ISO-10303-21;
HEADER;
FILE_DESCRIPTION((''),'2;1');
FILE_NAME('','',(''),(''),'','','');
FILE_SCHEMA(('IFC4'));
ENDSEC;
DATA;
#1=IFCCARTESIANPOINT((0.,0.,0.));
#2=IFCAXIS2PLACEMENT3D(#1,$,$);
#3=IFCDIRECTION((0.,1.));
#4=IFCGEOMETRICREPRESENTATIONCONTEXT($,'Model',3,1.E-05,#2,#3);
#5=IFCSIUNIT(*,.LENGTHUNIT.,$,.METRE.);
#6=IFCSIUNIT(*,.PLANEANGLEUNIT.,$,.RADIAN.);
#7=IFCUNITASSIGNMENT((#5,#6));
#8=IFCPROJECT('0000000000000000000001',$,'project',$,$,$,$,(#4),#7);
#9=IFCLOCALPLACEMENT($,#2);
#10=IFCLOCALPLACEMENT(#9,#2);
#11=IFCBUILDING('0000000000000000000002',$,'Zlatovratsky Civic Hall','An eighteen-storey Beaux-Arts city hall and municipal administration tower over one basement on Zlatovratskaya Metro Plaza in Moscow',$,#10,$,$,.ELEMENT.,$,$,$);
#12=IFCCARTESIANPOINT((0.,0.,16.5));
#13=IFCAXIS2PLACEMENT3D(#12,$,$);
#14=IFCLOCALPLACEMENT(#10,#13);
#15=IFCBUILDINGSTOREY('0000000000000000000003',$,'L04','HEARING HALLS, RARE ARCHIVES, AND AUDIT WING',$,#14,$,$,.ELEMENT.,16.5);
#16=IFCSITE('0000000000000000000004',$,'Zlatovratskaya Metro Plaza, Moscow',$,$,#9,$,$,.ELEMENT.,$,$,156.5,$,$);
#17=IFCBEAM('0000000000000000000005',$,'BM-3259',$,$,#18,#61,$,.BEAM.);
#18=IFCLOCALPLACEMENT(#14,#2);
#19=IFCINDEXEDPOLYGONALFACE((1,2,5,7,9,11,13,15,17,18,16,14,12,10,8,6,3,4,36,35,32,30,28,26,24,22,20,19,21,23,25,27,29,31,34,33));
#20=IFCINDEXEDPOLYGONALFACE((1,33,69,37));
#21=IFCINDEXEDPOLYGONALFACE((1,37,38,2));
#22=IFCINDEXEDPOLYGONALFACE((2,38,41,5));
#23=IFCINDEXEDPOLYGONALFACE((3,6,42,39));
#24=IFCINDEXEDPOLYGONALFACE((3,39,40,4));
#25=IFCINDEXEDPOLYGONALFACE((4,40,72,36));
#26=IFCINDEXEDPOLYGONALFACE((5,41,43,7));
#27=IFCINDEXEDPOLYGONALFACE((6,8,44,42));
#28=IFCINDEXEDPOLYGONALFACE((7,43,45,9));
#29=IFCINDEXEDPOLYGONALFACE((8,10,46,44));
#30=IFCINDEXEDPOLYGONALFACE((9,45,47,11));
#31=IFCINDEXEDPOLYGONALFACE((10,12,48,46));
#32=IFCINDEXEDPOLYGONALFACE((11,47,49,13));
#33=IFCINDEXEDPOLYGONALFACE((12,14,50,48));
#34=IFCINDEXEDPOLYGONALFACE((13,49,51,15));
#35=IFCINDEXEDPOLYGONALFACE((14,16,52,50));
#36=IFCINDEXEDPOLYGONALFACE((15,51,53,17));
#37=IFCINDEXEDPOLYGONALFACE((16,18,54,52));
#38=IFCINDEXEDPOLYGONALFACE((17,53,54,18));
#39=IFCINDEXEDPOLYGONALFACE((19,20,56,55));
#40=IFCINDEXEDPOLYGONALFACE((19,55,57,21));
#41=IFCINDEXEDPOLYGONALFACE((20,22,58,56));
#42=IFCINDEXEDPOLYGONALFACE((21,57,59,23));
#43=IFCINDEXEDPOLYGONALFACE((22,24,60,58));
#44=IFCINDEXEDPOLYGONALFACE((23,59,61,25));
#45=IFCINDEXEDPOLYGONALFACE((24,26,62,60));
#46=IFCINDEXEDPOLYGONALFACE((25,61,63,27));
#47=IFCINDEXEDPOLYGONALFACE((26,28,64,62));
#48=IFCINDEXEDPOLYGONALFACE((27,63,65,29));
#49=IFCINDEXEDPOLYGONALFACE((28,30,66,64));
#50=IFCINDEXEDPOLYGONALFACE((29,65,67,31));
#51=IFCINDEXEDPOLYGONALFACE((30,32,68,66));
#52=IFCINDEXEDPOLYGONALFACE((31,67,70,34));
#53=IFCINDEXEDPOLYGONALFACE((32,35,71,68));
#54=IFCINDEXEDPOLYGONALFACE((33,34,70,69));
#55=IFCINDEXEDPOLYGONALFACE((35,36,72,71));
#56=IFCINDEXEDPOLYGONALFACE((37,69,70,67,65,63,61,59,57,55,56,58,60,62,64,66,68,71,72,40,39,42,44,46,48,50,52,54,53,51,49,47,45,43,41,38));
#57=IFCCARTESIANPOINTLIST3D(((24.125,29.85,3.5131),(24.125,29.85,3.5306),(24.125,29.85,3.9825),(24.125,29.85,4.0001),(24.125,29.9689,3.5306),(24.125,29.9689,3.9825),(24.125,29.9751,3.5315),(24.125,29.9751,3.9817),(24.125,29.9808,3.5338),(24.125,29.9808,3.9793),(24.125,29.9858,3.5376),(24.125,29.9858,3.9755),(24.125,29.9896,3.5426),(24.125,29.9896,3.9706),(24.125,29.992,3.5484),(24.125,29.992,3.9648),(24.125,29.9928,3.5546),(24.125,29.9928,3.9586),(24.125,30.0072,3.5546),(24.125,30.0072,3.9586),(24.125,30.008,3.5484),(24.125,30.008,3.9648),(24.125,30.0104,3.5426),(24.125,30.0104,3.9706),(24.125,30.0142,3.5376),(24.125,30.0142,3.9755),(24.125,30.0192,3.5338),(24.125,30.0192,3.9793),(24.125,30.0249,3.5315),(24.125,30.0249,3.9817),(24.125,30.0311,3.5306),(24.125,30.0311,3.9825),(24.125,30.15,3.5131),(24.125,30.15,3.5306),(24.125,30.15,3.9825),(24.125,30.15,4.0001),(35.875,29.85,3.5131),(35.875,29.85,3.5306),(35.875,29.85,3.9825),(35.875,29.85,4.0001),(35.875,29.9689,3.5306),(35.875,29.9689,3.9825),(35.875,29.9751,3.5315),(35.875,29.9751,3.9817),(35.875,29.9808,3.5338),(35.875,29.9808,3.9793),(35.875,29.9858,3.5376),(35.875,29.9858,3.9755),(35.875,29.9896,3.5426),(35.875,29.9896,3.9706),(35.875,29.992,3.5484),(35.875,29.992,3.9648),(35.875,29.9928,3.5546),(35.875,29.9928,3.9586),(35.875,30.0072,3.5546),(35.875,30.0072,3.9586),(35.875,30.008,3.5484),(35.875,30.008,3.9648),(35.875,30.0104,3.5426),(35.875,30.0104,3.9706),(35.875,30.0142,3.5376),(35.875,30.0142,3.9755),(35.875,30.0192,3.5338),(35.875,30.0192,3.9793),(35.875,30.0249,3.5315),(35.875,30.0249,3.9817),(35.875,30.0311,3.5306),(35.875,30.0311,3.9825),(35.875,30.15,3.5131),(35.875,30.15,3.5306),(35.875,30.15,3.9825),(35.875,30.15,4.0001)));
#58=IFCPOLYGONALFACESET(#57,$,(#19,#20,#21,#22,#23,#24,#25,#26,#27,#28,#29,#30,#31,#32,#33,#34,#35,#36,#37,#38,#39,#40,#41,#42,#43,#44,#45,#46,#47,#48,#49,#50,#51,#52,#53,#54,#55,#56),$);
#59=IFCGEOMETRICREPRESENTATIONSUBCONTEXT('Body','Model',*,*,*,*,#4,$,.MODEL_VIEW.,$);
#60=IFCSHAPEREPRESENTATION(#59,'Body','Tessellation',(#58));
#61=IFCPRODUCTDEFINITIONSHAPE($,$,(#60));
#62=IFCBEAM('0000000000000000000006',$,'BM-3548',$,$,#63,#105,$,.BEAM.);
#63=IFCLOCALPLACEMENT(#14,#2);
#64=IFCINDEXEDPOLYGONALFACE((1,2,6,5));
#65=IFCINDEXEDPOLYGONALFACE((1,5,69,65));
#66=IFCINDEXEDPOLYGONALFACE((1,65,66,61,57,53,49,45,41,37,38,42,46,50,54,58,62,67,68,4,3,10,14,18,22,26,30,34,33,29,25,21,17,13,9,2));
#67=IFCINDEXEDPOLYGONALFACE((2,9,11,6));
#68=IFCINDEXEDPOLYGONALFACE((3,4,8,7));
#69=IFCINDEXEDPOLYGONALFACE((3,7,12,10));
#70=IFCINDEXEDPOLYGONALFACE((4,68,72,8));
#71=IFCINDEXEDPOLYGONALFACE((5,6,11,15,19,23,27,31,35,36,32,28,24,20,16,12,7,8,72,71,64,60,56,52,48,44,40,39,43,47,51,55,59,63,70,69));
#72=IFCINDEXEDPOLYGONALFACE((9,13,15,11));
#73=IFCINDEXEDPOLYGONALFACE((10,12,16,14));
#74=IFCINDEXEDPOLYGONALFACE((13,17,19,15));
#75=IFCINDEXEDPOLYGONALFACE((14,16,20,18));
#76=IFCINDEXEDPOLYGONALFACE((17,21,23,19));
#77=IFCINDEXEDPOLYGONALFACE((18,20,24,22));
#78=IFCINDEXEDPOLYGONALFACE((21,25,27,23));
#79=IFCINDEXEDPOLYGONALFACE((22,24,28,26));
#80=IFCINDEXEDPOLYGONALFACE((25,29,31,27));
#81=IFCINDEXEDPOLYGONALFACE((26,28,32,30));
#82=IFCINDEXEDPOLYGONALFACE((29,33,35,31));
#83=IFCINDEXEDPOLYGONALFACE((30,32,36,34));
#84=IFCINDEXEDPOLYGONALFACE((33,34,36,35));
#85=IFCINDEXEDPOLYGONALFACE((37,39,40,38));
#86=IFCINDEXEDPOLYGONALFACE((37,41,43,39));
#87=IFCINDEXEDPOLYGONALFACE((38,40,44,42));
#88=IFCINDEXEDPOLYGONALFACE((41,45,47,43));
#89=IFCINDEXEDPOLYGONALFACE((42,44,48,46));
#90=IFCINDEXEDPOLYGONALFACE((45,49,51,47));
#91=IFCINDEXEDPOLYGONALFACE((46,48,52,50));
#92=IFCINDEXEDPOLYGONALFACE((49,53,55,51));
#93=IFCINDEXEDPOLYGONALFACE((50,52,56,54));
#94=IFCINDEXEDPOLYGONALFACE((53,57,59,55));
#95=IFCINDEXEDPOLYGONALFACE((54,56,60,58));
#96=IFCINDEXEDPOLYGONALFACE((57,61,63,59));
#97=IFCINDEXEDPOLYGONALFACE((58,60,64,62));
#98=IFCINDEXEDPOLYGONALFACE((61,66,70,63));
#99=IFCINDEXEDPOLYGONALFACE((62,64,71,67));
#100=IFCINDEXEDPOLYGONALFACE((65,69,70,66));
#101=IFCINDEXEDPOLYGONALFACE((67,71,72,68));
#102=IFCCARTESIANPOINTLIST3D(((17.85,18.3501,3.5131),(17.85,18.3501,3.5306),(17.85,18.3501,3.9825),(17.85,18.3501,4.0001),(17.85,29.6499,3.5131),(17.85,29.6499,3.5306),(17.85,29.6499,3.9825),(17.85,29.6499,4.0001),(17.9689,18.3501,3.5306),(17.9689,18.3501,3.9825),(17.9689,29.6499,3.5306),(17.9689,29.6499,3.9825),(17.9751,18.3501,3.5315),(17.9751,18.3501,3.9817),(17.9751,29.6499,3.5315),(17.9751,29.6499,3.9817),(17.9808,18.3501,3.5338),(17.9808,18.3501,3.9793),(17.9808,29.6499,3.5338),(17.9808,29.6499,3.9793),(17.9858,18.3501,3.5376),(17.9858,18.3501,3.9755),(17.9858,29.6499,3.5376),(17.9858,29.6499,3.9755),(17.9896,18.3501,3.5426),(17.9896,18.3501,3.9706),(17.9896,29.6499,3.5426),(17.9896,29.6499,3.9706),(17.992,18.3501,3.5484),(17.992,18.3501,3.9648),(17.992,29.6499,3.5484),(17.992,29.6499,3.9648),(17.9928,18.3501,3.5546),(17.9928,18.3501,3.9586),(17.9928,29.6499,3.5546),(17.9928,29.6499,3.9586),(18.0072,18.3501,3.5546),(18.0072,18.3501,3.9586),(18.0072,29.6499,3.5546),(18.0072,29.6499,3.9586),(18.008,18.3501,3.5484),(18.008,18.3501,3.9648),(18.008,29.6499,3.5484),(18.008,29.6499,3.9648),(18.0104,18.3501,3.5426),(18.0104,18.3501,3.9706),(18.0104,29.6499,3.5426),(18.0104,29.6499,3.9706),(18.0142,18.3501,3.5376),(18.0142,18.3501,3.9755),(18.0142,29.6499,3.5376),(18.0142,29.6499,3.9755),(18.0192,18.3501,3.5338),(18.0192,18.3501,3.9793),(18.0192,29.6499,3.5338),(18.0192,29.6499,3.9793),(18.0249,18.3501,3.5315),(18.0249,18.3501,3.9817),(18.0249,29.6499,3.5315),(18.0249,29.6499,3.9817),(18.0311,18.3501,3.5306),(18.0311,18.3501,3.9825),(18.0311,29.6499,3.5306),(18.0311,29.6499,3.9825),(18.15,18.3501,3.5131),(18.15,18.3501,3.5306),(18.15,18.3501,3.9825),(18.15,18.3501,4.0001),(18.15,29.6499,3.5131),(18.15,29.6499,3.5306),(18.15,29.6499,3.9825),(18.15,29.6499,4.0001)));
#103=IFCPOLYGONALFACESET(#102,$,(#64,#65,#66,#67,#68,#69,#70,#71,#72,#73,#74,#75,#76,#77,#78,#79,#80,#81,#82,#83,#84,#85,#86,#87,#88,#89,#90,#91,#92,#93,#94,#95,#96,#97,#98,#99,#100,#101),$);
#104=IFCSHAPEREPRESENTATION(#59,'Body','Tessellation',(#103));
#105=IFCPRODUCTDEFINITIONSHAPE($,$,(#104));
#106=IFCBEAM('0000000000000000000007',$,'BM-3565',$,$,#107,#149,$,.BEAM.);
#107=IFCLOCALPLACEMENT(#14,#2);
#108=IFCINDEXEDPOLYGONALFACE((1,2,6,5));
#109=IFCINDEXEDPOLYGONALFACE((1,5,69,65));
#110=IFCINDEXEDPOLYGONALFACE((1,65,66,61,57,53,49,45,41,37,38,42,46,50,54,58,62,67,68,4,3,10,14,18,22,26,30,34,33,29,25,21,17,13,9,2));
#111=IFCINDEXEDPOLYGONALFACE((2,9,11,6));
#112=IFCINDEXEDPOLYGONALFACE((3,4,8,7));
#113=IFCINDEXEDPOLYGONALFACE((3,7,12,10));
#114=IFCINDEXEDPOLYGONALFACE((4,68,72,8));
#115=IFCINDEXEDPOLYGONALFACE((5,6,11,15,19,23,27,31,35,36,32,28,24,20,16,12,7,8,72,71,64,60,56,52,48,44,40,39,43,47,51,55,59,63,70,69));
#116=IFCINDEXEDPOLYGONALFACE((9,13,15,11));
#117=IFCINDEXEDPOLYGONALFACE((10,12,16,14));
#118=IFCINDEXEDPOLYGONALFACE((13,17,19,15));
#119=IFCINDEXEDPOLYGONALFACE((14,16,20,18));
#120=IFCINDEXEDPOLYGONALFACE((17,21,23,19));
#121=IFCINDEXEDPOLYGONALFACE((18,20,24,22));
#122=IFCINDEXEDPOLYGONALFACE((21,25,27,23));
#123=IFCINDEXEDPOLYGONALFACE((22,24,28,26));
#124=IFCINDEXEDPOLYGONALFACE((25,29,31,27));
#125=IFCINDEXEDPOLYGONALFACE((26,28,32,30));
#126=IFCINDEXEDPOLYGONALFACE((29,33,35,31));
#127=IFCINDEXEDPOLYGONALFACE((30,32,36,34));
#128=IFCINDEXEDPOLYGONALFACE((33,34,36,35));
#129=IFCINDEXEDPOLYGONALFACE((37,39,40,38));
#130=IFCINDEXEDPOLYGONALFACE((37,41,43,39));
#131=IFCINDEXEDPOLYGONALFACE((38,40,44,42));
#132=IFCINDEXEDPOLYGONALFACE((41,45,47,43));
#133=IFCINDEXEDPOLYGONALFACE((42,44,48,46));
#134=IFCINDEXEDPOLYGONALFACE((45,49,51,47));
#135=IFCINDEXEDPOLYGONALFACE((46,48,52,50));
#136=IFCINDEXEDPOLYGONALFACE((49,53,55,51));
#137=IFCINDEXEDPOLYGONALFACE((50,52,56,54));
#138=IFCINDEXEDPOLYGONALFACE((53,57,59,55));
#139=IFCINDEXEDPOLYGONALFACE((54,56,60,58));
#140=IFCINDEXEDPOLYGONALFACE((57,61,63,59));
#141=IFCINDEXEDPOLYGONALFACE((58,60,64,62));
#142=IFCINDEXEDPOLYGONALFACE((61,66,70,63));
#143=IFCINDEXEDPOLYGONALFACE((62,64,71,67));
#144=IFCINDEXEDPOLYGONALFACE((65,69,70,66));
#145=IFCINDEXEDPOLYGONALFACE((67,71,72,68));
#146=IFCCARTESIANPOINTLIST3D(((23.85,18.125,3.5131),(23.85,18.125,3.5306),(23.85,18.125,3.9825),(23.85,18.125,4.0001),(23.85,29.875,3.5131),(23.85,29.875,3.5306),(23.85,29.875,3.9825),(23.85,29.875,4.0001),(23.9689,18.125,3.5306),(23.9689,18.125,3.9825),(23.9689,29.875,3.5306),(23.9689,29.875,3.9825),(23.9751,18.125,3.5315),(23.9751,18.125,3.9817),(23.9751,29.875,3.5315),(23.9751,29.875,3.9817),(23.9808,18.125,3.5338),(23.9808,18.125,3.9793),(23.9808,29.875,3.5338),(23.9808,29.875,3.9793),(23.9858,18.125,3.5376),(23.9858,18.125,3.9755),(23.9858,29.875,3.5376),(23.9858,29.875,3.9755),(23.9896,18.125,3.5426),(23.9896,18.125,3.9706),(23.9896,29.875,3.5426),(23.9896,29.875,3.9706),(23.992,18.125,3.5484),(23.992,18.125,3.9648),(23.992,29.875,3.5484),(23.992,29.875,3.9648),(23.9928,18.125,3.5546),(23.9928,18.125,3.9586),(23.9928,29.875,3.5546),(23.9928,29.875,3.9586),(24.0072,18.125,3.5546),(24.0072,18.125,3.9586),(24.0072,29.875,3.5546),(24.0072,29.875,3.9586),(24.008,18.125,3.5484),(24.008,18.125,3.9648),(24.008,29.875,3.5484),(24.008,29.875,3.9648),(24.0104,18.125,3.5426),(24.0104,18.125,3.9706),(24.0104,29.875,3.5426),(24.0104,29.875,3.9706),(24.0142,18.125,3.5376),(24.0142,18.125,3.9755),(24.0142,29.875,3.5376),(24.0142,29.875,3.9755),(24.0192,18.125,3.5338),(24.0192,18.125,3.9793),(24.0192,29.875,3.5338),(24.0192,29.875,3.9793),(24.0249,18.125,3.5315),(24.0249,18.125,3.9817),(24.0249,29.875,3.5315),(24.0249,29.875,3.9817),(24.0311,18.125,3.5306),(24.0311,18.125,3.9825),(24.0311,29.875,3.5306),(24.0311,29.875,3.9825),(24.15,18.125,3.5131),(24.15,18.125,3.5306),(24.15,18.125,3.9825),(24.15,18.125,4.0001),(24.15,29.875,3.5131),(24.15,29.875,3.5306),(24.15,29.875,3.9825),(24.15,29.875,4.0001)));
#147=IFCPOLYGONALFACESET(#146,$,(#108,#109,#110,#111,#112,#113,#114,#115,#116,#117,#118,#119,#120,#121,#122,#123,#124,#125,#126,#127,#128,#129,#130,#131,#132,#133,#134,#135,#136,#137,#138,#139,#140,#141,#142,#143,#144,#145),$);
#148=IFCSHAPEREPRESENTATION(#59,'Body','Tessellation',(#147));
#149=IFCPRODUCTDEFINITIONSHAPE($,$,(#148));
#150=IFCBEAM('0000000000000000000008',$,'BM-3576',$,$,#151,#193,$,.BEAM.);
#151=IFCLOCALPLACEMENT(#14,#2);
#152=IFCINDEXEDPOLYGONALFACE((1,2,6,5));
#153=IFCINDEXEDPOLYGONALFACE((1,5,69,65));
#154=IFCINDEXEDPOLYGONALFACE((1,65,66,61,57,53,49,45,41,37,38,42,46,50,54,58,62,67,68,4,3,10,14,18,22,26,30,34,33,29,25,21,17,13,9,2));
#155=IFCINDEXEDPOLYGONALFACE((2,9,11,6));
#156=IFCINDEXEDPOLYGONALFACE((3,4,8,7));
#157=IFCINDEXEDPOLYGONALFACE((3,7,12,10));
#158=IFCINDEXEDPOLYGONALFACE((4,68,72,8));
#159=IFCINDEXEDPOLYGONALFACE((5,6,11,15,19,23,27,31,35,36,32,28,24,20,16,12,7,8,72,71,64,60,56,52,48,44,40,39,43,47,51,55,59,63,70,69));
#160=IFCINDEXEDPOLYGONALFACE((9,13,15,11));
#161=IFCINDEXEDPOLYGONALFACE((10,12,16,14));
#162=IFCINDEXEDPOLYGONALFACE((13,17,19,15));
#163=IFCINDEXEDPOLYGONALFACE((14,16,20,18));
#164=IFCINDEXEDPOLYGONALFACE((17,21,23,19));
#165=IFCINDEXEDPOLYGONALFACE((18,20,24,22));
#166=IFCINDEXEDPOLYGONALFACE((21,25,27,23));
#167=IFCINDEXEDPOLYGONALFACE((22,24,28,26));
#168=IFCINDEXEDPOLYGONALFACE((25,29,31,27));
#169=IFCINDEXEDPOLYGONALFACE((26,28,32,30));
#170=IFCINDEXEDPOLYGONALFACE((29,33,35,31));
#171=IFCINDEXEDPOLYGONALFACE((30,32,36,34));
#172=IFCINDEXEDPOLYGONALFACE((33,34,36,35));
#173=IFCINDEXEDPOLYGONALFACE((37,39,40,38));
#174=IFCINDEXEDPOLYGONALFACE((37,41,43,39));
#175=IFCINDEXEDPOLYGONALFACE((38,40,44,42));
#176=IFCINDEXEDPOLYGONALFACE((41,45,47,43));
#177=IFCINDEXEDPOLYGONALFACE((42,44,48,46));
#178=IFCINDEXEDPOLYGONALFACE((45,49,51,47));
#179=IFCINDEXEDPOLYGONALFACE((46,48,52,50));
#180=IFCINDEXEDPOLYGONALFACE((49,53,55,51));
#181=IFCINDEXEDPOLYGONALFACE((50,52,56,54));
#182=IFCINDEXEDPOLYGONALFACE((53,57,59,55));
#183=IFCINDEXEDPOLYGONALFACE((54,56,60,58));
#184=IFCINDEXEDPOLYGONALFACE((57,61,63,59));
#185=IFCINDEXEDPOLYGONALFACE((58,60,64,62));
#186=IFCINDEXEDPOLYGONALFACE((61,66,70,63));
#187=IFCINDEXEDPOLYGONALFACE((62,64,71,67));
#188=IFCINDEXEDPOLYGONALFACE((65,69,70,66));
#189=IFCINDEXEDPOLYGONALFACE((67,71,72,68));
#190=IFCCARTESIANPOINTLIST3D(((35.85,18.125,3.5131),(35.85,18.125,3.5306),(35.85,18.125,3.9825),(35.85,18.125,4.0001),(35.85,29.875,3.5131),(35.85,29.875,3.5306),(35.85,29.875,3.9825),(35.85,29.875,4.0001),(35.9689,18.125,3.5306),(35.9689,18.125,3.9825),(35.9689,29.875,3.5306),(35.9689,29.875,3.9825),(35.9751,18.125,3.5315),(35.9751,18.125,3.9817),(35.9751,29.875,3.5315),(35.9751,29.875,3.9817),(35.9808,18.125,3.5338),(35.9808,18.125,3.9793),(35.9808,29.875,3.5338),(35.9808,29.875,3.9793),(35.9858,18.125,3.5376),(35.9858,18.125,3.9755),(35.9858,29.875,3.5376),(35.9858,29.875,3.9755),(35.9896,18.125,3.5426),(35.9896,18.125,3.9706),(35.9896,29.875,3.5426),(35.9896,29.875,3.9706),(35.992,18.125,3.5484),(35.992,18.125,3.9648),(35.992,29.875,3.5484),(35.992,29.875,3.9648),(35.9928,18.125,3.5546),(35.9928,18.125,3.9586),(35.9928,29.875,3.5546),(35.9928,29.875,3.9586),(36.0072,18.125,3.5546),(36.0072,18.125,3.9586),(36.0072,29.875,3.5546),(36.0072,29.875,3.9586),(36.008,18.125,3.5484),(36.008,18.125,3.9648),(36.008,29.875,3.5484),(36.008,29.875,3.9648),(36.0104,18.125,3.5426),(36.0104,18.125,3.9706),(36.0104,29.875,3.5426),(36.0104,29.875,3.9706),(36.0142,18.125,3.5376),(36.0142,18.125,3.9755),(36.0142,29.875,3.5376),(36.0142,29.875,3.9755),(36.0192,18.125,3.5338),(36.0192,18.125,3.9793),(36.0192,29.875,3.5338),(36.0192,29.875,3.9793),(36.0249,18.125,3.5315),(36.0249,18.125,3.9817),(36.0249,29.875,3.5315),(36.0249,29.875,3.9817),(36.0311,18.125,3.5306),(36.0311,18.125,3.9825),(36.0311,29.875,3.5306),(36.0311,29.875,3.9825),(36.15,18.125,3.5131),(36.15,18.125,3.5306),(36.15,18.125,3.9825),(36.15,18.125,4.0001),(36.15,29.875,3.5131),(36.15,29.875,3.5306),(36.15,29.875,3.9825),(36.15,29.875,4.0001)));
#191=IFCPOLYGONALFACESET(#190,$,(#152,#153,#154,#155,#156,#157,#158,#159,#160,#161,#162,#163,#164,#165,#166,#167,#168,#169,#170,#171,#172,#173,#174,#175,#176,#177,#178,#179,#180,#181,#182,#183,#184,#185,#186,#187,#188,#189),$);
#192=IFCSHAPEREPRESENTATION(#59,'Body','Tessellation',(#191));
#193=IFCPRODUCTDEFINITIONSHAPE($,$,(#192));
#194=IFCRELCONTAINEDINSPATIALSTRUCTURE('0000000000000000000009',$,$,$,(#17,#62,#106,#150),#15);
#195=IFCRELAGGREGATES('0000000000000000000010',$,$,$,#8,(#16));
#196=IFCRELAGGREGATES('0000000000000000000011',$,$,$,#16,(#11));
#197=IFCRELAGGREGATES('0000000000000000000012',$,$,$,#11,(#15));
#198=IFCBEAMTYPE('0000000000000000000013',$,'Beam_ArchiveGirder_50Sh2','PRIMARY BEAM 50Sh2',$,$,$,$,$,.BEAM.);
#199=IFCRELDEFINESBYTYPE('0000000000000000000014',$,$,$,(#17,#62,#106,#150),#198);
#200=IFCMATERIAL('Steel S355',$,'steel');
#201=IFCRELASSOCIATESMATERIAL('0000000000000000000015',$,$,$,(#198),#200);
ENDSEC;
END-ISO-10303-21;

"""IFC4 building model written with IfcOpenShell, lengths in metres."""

from ifc_helpers import new_model, si_unit, direction, frame, origin, origin_2d, place, context, subcontext, project, spatial, i_section, extrude, material, material_profile, profile_set, type_object, element, save


model = new_model("IFC4")

# Units and contexts
model_context = context("Model", 3, precision=1e-05, world=origin(), true_north=direction((0.0, 1.0)))
body_context = subcontext(model_context, "Body", "Model", "MODEL_VIEW")
ifc_project = project(units=[si_unit("LENGTHUNIT", "METRE"), si_unit("PLANEANGLEUNIT", "RADIAN")], contexts=[model_context])

# Site, building, storey
site_placement = place(None, origin())
site = spatial("IfcSite", under=ifc_project, at=site_placement, Name="Zlatovratskaya Metro Plaza, Moscow", CompositionType="ELEMENT", RefElevation=156.5)
building_placement = place(site_placement, origin())
building = spatial("IfcBuilding", under=site, at=building_placement, Name="Zlatovratsky Civic Hall", Description="An eighteen-storey Beaux-Arts city hall and municipal administration tower over one basement on Zlatovratskaya Metro Plaza in Moscow", CompositionType="ELEMENT")
storey_placement = place(building_placement, frame((0.0, 0.0, 16.5)))
storey = spatial("IfcBuildingStorey", under=building, at=storey_placement, Name="L04", Description="HEARING HALLS, RARE ARCHIVES, AND AUDIT WING", CompositionType="ELEMENT", Elevation=16.5)

# Shared definitions
ifc_material_1 = material(Name="Steel S355", Category="steel")

# Beams
ifc_material_profile_1 = material_profile(ifc_material_1, i_section(OverallWidth=0.3, OverallDepth=0.4871, WebThickness=0.0144, FlangeThickness=0.0176, FilletRadius=0.0239, at=origin_2d()), Name="50Sh2")
ifc_profile_set_1 = profile_set([ifc_material_profile_1], Name="Steel S355")
beam_type_1 = type_object("IfcBeamType", Name="Beam_ArchiveGirder_50Sh2", Description="PRIMARY BEAM 50Sh2", PredefinedType="BEAM", material=ifc_profile_set_1)
for number, where, z_axis, x_axis, name in (
    (1, (24.125, 30.0, 3.7566), (1.0, 0.0, 0.0), (0.0, 1.0, 0.0), "BM-3259"),
):
    element("IfcBeam", number, at=place(storey_placement, frame(where, z_axis=z_axis, x_axis=x_axis)), inside=storey, type_object=beam_type_1, Name=name, PredefinedType="BEAM", context=body_context, shape_type="SweptSolid", body=[
        extrude(i_section(OverallWidth=0.3, OverallDepth=0.4871, WebThickness=0.0144, FlangeThickness=0.0176, FilletRadius=0.0239, at=origin_2d()), origin(), (0.0, 0.0, 1.0), 11.75),
    ])
beam_1_placement = place(storey_placement, frame((18.0, 18.3501, 3.7566), z_axis=(0.0, 1.0, 0.0), x_axis=(-1.0, 0.0, 0.0)))
element("IfcBeam", 2, at=beam_1_placement, inside=storey, type_object=beam_type_1, Name="BM-3548", PredefinedType="BEAM", context=body_context, shape_type="SweptSolid", body=[
    extrude(i_section(OverallWidth=0.3, OverallDepth=0.4871, WebThickness=0.0144, FlangeThickness=0.0176, FilletRadius=0.0239, at=origin_2d()), origin(), (0.0, 0.0, 1.0), 11.2998),
])
for number, where, z_axis, x_axis, name in (
    (3, (24.0, 18.125, 3.7566), (0.0, 1.0, 0.0), (-1.0, 0.0, 0.0), "BM-3565"),
    (4, (36.0, 18.125, 3.7566), (0.0, 1.0, 0.0), (-1.0, 0.0, 0.0), "BM-3576"),
):
    element("IfcBeam", number, at=place(storey_placement, frame(where, z_axis=z_axis, x_axis=x_axis)), inside=storey, type_object=beam_type_1, Name=name, PredefinedType="BEAM", context=body_context, shape_type="SweptSolid", body=[
        extrude(i_section(OverallWidth=0.3, OverallDepth=0.4871, WebThickness=0.0144, FlangeThickness=0.0176, FilletRadius=0.0239, at=origin_2d()), origin(), (0.0, 0.0, 1.0), 11.75),
    ])

save(model, "model.ifc")
